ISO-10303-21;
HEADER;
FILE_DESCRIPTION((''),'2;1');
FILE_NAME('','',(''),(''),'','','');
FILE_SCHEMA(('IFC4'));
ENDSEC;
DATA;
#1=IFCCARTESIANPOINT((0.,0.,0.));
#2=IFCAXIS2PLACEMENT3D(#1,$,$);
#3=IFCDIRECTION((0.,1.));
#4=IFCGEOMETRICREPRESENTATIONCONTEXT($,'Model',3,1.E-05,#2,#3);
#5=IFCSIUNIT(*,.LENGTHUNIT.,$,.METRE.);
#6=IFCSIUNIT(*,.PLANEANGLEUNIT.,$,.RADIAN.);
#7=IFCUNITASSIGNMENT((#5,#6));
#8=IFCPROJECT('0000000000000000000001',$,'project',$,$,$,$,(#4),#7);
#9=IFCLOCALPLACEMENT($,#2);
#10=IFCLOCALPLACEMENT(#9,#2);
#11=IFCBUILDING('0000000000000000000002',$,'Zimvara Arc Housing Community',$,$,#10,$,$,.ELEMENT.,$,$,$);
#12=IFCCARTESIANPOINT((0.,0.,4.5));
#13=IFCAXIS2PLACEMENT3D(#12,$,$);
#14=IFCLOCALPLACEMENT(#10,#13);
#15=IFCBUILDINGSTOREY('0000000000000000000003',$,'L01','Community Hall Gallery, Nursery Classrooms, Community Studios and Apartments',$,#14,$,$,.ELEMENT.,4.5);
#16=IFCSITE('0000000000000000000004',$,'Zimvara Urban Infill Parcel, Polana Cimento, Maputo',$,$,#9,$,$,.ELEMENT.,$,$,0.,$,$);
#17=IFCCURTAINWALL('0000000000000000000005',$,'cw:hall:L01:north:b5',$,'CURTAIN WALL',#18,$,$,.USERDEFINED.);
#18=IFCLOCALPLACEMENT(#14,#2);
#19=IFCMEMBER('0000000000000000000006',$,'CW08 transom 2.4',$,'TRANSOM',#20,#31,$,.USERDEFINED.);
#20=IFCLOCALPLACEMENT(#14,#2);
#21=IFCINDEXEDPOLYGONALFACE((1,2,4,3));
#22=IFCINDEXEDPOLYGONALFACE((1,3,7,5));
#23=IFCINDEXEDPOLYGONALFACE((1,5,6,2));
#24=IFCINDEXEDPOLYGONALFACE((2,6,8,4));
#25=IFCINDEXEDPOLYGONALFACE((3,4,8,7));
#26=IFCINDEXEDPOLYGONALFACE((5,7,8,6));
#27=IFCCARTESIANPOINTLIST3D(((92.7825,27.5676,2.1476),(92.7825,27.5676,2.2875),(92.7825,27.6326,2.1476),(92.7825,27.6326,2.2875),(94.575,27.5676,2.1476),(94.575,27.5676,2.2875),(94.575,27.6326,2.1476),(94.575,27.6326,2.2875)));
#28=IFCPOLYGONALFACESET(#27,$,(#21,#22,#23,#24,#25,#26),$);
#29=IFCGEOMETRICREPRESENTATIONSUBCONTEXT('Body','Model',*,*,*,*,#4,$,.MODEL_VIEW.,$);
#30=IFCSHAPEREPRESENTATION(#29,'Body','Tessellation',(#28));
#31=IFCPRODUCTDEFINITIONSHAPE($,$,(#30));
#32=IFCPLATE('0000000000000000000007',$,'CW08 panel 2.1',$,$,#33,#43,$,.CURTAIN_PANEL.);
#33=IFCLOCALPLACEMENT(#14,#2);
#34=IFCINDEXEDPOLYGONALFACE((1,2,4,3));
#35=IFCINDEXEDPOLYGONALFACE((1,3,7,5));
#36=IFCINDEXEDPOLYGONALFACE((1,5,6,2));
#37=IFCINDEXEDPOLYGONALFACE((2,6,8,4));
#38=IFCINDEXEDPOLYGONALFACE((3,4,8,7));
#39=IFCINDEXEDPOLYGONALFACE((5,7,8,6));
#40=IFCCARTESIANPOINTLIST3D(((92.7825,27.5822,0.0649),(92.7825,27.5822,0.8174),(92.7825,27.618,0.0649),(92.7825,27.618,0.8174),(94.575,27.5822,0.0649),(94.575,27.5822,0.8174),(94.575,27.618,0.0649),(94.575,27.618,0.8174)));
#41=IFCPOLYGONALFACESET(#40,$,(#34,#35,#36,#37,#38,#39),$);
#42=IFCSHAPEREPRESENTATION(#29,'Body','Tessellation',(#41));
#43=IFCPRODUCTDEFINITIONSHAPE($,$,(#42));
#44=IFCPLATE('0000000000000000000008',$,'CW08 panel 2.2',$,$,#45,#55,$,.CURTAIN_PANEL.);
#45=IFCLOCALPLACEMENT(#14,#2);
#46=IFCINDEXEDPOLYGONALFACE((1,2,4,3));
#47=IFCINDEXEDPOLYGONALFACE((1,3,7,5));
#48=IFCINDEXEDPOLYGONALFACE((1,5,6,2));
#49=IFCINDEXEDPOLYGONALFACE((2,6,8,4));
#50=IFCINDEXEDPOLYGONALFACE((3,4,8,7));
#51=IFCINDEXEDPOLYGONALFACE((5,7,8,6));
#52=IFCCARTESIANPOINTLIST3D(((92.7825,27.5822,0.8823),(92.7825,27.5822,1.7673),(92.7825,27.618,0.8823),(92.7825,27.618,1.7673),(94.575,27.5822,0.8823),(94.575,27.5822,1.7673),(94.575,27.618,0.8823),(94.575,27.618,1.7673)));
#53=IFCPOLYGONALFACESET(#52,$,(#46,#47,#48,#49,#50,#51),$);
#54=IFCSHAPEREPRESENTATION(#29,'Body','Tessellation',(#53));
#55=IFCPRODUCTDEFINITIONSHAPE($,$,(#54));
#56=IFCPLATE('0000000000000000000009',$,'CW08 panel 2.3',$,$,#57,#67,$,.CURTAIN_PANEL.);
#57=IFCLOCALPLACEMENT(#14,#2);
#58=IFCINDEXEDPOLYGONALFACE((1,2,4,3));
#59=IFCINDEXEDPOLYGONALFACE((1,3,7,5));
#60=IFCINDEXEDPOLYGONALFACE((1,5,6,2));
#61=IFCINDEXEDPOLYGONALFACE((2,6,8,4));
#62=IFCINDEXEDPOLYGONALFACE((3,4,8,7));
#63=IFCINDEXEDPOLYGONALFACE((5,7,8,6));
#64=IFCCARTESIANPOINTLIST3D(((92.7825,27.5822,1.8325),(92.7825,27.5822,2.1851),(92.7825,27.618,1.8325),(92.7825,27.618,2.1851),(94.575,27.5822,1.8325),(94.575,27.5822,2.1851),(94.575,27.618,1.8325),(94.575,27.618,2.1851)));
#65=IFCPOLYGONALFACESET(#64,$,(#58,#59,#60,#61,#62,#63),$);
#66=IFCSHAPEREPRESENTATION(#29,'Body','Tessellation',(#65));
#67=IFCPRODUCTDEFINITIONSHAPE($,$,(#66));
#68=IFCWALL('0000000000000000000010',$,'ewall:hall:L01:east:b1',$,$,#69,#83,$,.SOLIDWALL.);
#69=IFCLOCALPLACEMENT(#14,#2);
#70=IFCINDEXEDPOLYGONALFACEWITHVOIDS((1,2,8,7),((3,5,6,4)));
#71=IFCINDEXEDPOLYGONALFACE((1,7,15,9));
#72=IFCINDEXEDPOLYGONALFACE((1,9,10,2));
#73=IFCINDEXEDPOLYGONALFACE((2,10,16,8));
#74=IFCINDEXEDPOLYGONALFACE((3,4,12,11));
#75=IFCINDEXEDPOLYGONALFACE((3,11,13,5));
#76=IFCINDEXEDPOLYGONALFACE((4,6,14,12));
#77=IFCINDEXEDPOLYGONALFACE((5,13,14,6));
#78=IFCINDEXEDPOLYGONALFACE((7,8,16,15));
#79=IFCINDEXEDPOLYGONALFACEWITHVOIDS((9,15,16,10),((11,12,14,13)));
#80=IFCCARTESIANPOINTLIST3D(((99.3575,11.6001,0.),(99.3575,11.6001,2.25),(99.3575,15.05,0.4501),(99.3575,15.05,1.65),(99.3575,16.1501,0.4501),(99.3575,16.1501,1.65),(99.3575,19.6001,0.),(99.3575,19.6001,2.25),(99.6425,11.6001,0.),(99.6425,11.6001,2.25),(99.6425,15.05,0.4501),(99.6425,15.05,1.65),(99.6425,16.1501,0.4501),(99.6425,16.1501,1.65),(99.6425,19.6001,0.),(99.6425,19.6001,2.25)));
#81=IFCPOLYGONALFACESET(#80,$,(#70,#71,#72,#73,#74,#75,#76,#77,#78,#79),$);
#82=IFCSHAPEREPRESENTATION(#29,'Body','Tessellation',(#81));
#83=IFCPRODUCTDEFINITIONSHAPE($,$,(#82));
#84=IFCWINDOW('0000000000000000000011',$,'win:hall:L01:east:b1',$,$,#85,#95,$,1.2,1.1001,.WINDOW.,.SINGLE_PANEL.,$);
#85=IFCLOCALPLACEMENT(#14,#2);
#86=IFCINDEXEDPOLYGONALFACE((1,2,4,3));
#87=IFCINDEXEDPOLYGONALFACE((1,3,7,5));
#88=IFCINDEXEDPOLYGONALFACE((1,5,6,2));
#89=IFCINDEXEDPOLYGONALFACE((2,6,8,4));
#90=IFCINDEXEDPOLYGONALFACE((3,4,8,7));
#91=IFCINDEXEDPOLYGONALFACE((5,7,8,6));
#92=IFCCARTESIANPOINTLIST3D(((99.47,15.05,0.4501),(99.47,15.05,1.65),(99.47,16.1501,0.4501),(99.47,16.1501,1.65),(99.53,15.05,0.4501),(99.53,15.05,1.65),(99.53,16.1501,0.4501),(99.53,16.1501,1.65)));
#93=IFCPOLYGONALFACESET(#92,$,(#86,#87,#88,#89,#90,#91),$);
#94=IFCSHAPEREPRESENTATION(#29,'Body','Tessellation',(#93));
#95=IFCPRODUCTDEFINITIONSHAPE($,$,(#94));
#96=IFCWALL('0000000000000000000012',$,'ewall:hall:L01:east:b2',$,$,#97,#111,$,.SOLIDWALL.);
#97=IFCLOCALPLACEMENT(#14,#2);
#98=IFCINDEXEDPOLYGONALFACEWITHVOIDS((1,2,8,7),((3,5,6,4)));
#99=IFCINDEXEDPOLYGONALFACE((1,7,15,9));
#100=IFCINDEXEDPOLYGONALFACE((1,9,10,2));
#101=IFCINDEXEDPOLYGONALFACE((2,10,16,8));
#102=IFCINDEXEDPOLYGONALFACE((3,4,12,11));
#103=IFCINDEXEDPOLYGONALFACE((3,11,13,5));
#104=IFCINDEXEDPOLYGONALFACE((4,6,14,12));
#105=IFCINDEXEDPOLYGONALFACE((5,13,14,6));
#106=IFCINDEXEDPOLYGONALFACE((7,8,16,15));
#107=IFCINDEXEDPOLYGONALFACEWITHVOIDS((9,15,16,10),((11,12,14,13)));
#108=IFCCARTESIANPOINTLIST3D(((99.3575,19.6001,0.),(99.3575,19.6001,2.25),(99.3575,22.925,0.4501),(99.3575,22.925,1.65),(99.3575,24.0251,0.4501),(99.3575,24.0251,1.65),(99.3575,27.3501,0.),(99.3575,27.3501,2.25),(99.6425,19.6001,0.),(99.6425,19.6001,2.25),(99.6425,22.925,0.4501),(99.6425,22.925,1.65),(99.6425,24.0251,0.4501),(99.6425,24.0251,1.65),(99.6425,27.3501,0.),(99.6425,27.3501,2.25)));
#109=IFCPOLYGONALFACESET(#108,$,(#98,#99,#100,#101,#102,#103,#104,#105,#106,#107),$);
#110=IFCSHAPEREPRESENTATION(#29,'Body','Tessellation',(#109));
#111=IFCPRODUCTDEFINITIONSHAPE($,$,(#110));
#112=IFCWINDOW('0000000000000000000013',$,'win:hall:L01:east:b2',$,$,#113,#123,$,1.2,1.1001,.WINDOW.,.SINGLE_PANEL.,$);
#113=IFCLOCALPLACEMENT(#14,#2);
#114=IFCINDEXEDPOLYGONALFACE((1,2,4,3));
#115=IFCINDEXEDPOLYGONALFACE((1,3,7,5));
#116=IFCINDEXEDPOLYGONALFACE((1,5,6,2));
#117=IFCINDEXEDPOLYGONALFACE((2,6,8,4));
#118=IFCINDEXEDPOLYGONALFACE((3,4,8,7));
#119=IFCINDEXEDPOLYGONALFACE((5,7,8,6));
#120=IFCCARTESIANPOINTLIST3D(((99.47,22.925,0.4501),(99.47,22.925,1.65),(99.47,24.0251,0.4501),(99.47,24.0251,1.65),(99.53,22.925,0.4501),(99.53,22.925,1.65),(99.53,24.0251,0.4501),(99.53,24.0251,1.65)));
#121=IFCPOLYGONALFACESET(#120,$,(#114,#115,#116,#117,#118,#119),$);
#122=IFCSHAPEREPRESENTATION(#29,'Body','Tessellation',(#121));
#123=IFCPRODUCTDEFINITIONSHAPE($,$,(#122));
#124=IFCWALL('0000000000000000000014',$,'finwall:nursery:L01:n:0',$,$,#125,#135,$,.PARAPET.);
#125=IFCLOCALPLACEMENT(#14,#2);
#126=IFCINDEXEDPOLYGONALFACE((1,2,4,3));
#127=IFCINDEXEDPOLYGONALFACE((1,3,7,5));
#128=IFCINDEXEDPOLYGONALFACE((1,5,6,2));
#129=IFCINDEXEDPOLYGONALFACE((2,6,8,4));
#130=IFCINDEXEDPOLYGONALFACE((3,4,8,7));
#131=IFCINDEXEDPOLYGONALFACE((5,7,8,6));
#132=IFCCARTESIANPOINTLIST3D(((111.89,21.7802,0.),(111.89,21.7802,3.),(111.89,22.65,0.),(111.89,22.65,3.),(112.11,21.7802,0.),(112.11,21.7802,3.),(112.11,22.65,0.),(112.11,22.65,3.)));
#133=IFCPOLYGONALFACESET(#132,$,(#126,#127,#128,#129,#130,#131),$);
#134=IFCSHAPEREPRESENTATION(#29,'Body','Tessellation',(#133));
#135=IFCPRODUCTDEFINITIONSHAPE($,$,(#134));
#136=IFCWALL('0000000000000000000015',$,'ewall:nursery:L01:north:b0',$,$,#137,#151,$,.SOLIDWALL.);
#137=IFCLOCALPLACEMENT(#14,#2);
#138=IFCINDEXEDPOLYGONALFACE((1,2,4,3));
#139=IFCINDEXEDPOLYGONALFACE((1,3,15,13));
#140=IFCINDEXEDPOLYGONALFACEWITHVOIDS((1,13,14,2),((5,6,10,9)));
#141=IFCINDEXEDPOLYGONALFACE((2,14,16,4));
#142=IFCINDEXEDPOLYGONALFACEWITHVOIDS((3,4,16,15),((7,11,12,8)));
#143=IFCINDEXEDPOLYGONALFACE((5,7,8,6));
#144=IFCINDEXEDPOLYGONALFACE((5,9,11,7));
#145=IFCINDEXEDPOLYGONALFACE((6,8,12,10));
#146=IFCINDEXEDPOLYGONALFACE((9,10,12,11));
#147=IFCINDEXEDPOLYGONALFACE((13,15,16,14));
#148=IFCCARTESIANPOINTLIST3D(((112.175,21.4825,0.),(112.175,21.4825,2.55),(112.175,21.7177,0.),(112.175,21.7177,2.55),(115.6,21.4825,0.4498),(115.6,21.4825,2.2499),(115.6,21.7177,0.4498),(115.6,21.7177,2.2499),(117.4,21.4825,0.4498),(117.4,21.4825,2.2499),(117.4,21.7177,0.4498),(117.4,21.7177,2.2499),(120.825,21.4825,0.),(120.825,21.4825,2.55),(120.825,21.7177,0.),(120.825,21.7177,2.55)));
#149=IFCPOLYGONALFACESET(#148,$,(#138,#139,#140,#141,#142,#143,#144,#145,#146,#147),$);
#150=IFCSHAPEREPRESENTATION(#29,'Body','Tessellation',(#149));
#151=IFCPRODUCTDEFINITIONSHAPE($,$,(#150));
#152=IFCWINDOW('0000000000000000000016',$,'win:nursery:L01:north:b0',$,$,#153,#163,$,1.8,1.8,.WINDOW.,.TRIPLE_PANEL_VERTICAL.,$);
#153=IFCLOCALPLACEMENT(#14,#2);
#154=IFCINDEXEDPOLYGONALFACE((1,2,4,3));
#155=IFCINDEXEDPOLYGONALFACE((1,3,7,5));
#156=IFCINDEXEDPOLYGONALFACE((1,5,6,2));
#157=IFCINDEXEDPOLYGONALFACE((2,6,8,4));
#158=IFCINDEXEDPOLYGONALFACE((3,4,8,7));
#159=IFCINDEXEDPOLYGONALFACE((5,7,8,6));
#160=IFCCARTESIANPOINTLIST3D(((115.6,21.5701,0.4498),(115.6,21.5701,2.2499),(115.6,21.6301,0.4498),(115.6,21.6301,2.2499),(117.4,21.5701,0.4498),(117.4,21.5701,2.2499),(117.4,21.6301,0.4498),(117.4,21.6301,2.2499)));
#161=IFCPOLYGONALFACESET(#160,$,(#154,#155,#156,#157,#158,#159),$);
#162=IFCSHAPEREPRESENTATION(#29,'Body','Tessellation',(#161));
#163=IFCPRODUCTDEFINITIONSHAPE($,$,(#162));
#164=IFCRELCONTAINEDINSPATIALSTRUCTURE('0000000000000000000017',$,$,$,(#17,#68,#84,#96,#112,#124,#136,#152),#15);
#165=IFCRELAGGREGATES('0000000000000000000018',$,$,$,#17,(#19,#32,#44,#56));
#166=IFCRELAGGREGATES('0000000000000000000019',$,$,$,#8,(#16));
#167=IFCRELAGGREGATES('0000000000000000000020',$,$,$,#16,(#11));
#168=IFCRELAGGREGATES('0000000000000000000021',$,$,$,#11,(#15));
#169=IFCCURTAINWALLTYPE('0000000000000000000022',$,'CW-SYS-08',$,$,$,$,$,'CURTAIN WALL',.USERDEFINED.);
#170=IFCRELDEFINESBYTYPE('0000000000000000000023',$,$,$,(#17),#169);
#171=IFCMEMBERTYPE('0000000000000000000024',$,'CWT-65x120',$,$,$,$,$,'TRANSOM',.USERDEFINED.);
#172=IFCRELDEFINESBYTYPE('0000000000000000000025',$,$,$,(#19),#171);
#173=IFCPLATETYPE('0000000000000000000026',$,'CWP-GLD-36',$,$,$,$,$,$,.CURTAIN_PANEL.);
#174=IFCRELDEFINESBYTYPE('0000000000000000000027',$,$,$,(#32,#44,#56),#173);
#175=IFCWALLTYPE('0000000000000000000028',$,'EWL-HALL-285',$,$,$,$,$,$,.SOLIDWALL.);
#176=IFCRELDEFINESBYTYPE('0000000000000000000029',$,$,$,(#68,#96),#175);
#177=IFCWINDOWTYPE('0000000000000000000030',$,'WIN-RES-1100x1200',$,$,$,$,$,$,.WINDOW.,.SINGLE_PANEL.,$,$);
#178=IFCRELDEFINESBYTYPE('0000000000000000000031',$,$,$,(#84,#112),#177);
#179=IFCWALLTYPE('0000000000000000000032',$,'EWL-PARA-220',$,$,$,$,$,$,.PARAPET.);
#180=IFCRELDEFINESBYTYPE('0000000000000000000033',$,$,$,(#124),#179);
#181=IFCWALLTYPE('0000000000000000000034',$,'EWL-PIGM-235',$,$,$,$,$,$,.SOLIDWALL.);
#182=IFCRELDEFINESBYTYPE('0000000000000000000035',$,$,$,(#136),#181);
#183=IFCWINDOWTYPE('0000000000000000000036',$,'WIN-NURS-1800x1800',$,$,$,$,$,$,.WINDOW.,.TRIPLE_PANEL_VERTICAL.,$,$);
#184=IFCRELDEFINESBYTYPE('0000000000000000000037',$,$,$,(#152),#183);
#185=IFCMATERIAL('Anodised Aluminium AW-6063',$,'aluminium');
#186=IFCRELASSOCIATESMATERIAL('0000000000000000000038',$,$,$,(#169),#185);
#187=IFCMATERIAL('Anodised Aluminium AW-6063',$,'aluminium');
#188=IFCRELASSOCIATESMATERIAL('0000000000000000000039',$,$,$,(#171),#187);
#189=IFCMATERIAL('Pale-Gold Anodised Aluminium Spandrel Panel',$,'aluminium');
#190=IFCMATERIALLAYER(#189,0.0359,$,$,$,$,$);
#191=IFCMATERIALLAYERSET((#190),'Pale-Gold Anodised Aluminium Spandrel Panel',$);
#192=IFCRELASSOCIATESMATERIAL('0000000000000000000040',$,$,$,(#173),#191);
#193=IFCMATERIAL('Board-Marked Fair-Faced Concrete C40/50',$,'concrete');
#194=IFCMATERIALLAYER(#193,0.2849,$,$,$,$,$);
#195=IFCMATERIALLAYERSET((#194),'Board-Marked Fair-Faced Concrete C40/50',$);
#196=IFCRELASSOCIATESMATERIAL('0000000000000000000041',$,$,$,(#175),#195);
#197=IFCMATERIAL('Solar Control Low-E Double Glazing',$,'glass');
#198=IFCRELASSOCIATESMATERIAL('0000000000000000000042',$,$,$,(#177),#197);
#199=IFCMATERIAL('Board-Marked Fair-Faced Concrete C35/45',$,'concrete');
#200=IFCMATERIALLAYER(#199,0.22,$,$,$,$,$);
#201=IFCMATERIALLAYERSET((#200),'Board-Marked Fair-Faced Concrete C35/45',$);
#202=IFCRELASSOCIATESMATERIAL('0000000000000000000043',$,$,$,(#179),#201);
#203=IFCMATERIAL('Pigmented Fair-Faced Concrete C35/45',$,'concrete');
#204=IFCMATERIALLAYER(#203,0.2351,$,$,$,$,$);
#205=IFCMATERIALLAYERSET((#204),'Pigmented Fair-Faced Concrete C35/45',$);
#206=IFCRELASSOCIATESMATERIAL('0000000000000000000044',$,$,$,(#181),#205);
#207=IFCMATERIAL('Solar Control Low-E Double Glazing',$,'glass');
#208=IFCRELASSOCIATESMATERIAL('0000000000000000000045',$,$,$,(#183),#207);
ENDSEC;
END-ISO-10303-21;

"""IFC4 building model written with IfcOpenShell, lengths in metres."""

from ifc_helpers import new_model, si_unit, direction, frame, frame_2d, origin, origin_2d, place, context, subcontext, project, spatial, rectangle, extrude, material, layer, layer_set, material_profile, profile_set, type_object, element, fill, aggregate, save


model = new_model("IFC4")

# Units and contexts
model_context = context("Model", 3, precision=1e-05, world=origin(), true_north=direction((0.0, 1.0)))
body_context = subcontext(model_context, "Body", "Model", "MODEL_VIEW")
ifc_project = project(units=[si_unit("LENGTHUNIT", "METRE"), si_unit("PLANEANGLEUNIT", "RADIAN")], contexts=[model_context])

# Site, building, storey
site_placement = place(None, origin())
site = spatial("IfcSite", under=ifc_project, at=site_placement, Name="Zimvara Urban Infill Parcel, Polana Cimento, Maputo", CompositionType="ELEMENT", RefElevation=0.0)
building_placement = place(site_placement, origin())
building = spatial("IfcBuilding", under=site, at=building_placement, Name="Zimvara Arc Housing Community", CompositionType="ELEMENT")
storey_placement = place(building_placement, frame((0.0, 0.0, 4.5)))
storey = spatial("IfcBuildingStorey", under=building, at=storey_placement, Name="L01", Description="Community Hall Gallery, Nursery Classrooms, Community Studios and Apartments", CompositionType="ELEMENT", Elevation=4.5)

# Curtain wall, member, plates
ifc_material_1 = material(Name="Anodised Aluminium AW-6063", Category="aluminium")
curtain_wall_type = type_object("IfcCurtainWallType", Name="CW-SYS-08", ElementType="CURTAIN WALL", PredefinedType="USERDEFINED", material=ifc_material_1)
curtain_wall_placement = place(storey_placement, origin())
curtain_wall = element("IfcCurtainWall", 1, at=curtain_wall_placement, inside=storey, type_object=curtain_wall_type, Name="cw:hall:L01:north:b5", ObjectType="CURTAIN WALL", PredefinedType="USERDEFINED")
ifc_material_2 = material(Name="Anodised Aluminium AW-6063", Category="aluminium")
ifc_material_profile_1 = material_profile(ifc_material_2, rectangle(XDim=0.0649, YDim=0.1399, at=origin_2d()), Name="ALU 65x140")
ifc_profile_set_1 = profile_set([ifc_material_profile_1], Name="Anodised Aluminium AW-6063")
member_type = type_object("IfcMemberType", Name="CWT-65x120", ElementType="TRANSOM", PredefinedType="USERDEFINED", material=ifc_profile_set_1)
member_placement = place(storey_placement, frame((92.7825, 27.6001, 2.2175), z_axis=(1.0, 0.0, 0.0), x_axis=(0.0, 1.0, 0.0)))
member = element("IfcMember", 2, at=member_placement, type_object=member_type, Name="CW08 transom 2.4", ObjectType="TRANSOM", PredefinedType="USERDEFINED", context=body_context, shape_type="SweptSolid", body=[
    extrude(rectangle(XDim=0.0649, YDim=0.1399, at=origin_2d()), origin(), (0.0, 0.0, 1.0), 1.7925),
])
ifc_material_3 = material(Name="Pale-Gold Anodised Aluminium Spandrel Panel", Category="aluminium")
ifc_layer_1 = layer(ifc_material_3, 0.0359)
ifc_layer_set_1 = layer_set([ifc_layer_1], Name="Pale-Gold Anodised Aluminium Spandrel Panel")
plate_type = type_object("IfcPlateType", Name="CWP-GLD-36", PredefinedType="CURTAIN_PANEL", material=ifc_layer_set_1)
plate_1_placement = place(storey_placement, frame((93.6787, 27.6001, 0.0649), z_axis=(0.0, 0.0, 1.0), x_axis=(1.0, 0.0, 0.0)))
plate_1 = element("IfcPlate", 3, at=plate_1_placement, type_object=plate_type, Name="CW08 panel 2.1", PredefinedType="CURTAIN_PANEL", context=body_context, shape_type="SweptSolid", body=[
    extrude(rectangle(XDim=1.7925, YDim=0.0359, at=origin_2d()), origin(), (0.0, 0.0, 1.0), 0.7524),
])
plate_2_placement = place(storey_placement, frame((93.6787, 27.6001, 0.8823), z_axis=(0.0, 0.0, 1.0), x_axis=(1.0, 0.0, 0.0)))
plate_2 = element("IfcPlate", 4, at=plate_2_placement, type_object=plate_type, Name="CW08 panel 2.2", PredefinedType="CURTAIN_PANEL", context=body_context, shape_type="SweptSolid", body=[
    extrude(rectangle(XDim=1.7925, YDim=0.0359, at=origin_2d()), origin(), (0.0, 0.0, 1.0), 0.885),
])
plate_3_placement = place(storey_placement, frame((93.6787, 27.6001, 1.8325), z_axis=(0.0, 0.0, 1.0), x_axis=(1.0, 0.0, 0.0)))
plate_3 = element("IfcPlate", 5, at=plate_3_placement, type_object=plate_type, Name="CW08 panel 2.3", PredefinedType="CURTAIN_PANEL", context=body_context, shape_type="SweptSolid", body=[
    extrude(rectangle(XDim=1.7925, YDim=0.0359, at=origin_2d()), origin(), (0.0, 0.0, 1.0), 0.3525),
])
aggregate(curtain_wall, [member, plate_1, plate_2, plate_3])

# Walls, openings, windows
ifc_material_4 = material(Name="Board-Marked Fair-Faced Concrete C40/50", Category="concrete")
ifc_layer_2 = layer(ifc_material_4, 0.2849)
ifc_layer_set_2 = layer_set([ifc_layer_2], Name="Board-Marked Fair-Faced Concrete C40/50")
wall_type_1 = type_object("IfcWallType", Name="EWL-HALL-285", PredefinedType="SOLIDWALL", material=ifc_layer_set_2)
wall_1_placement = place(storey_placement, frame((99.5, 11.6001, 0.0), z_axis=(0.0, 0.0, 1.0), x_axis=(0.0, 1.0, 0.0)))
wall_1 = element("IfcWall", 6, at=wall_1_placement, inside=storey, type_object=wall_type_1, Name="ewall:hall:L01:east:b1", PredefinedType="SOLIDWALL", context=body_context, shape_type="SweptSolid", body=[
    extrude(rectangle(XDim=8.0, YDim=0.2849, at=frame_2d((4.0, 0.0))), origin(), (0.0, 0.0, 1.0), 2.25),
])
opening_1_placement = place(wall_1_placement, frame((3.45, 0.0, 0.45)))
opening_1 = element("IfcOpeningElement", 7, at=opening_1_placement, cuts=wall_1, PredefinedType="OPENING", context=body_context, shape_type="SweptSolid", body=[
    extrude(rectangle(XDim=1.1001, YDim=1.2, at=frame_2d((0.55, 0.6001))), frame((0.0, 0.1523, 0.0), z_axis=(0.0, -1.0, 0.0), x_axis=(1.0, 0.0, 0.0)), (0.0, 0.0, 1.0), 0.3049),
])
ifc_material_5 = material(Name="Solar Control Low-E Double Glazing", Category="glass")
window_type_1 = type_object("IfcWindowType", Name="WIN-RES-1100x1200", PartitioningType="SINGLE_PANEL", PredefinedType="WINDOW", material=ifc_material_5)
window_1_placement = place(opening_1_placement, origin())
window_1 = element("IfcWindow", 8, at=window_1_placement, inside=storey, type_object=window_type_1, Name="win:hall:L01:east:b1", OverallHeight=1.2, OverallWidth=1.1001, PartitioningType="SINGLE_PANEL", PredefinedType="WINDOW", context=body_context, shape_type="SweptSolid", body=[
    extrude(rectangle(XDim=1.1001, YDim=1.2, at=frame_2d((0.55, 0.6001))), frame((0.0, 0.03, 0.0), z_axis=(0.0, -1.0, 0.0), x_axis=(1.0, 0.0, 0.0)), (0.0, 0.0, 1.0), 0.0601),
])
fill(opening_1, window_1)
wall_2_placement = place(storey_placement, frame((99.5, 19.6001, 0.0), z_axis=(0.0, 0.0, 1.0), x_axis=(0.0, 1.0, 0.0)))
wall_2 = element("IfcWall", 9, at=wall_2_placement, inside=storey, type_object=wall_type_1, Name="ewall:hall:L01:east:b2", PredefinedType="SOLIDWALL", context=body_context, shape_type="SweptSolid", body=[
    extrude(rectangle(XDim=7.75, YDim=0.2849, at=frame_2d((3.875, 0.0))), origin(), (0.0, 0.0, 1.0), 2.25),
])
opening_2_placement = place(wall_2_placement, frame((3.325, 0.0, 0.45)))
opening_2 = element("IfcOpeningElement", 10, at=opening_2_placement, cuts=wall_2, PredefinedType="OPENING", context=body_context, shape_type="SweptSolid", body=[
    extrude(rectangle(XDim=1.1001, YDim=1.2, at=frame_2d((0.55, 0.6001))), frame((0.0, 0.1523, 0.0), z_axis=(0.0, -1.0, 0.0), x_axis=(1.0, 0.0, 0.0)), (0.0, 0.0, 1.0), 0.3049),
])
window_2_placement = place(opening_2_placement, origin())
window_2 = element("IfcWindow", 11, at=window_2_placement, inside=storey, type_object=window_type_1, Name="win:hall:L01:east:b2", OverallHeight=1.2, OverallWidth=1.1001, PartitioningType="SINGLE_PANEL", PredefinedType="WINDOW", context=body_context, shape_type="SweptSolid", body=[
    extrude(rectangle(XDim=1.1001, YDim=1.2, at=frame_2d((0.55, 0.6001))), frame((0.0, 0.03, 0.0), z_axis=(0.0, -1.0, 0.0), x_axis=(1.0, 0.0, 0.0)), (0.0, 0.0, 1.0), 0.0601),
])
fill(opening_2, window_2)

# Wall
ifc_material_6 = material(Name="Board-Marked Fair-Faced Concrete C35/45", Category="concrete")
ifc_layer_3 = layer(ifc_material_6, 0.22)
ifc_layer_set_3 = layer_set([ifc_layer_3], Name="Board-Marked Fair-Faced Concrete C35/45")
wall_type_2 = type_object("IfcWallType", Name="EWL-PARA-220", PredefinedType="PARAPET", material=ifc_layer_set_3)
wall_3_placement = place(storey_placement, frame((112.0, 21.78, 0.0), z_axis=(0.0, 0.0, 1.0), x_axis=(0.0, 1.0, 0.0)))
element("IfcWall", 12, at=wall_3_placement, inside=storey, type_object=wall_type_2, Name="finwall:nursery:L01:n:0", PredefinedType="PARAPET", context=body_context, shape_type="SweptSolid", body=[
    extrude(rectangle(XDim=0.8699, YDim=0.22, at=frame_2d((0.4351, 0.0))), origin(), (0.0, 0.0, 1.0), 3.0),
])

# Wall, opening, window
ifc_material_7 = material(Name="Pigmented Fair-Faced Concrete C35/45", Category="concrete")
ifc_layer_4 = layer(ifc_material_7, 0.2351)
ifc_layer_set_4 = layer_set([ifc_layer_4], Name="Pigmented Fair-Faced Concrete C35/45")
wall_type_3 = type_object("IfcWallType", Name="EWL-PIGM-235", PredefinedType="SOLIDWALL", material=ifc_layer_set_4)
wall_4_placement = place(storey_placement, frame((112.175, 21.6001, 0.0), z_axis=(0.0, 0.0, 1.0), x_axis=(1.0, 0.0, 0.0)))
wall_4 = element("IfcWall", 13, at=wall_4_placement, inside=storey, type_object=wall_type_3, Name="ewall:nursery:L01:north:b0", PredefinedType="SOLIDWALL", context=body_context, shape_type="SweptSolid", body=[
    extrude(rectangle(XDim=8.6499, YDim=0.2351, at=frame_2d((4.325, 0.0))), origin(), (0.0, 0.0, 1.0), 2.55),
])
opening_3_placement = place(wall_4_placement, frame((3.425, 0.0, 0.45)))
opening_3 = element("IfcOpeningElement", 14, at=opening_3_placement, cuts=wall_4, PredefinedType="OPENING", context=body_context, shape_type="SweptSolid", body=[
    extrude(rectangle(XDim=1.8, YDim=1.8, at=frame_2d((0.8999, 0.8999))), frame((0.0, 0.1274, 0.0), z_axis=(0.0, -1.0, 0.0), x_axis=(1.0, 0.0, 0.0)), (0.0, 0.0, 1.0), 0.2551),
])
ifc_material_8 = material(Name="Solar Control Low-E Double Glazing", Category="glass")
window_type_2 = type_object("IfcWindowType", Name="WIN-NURS-1800x1800", PartitioningType="TRIPLE_PANEL_VERTICAL", PredefinedType="WINDOW", material=ifc_material_8)
window_3_placement = place(opening_3_placement, origin())
window_3 = element("IfcWindow", 15, at=window_3_placement, inside=storey, type_object=window_type_2, Name="win:nursery:L01:north:b0", OverallHeight=1.8, OverallWidth=1.8, PartitioningType="TRIPLE_PANEL_VERTICAL", PredefinedType="WINDOW", context=body_context, shape_type="SweptSolid", body=[
    extrude(rectangle(XDim=1.8, YDim=1.8, at=frame_2d((0.8999, 0.8999))), frame((0.0, 0.03, 0.0), z_axis=(0.0, -1.0, 0.0), x_axis=(1.0, 0.0, 0.0)), (0.0, 0.0, 1.0), 0.0601),
])
fill(opening_3, window_3)

save(model, "model.ifc")
